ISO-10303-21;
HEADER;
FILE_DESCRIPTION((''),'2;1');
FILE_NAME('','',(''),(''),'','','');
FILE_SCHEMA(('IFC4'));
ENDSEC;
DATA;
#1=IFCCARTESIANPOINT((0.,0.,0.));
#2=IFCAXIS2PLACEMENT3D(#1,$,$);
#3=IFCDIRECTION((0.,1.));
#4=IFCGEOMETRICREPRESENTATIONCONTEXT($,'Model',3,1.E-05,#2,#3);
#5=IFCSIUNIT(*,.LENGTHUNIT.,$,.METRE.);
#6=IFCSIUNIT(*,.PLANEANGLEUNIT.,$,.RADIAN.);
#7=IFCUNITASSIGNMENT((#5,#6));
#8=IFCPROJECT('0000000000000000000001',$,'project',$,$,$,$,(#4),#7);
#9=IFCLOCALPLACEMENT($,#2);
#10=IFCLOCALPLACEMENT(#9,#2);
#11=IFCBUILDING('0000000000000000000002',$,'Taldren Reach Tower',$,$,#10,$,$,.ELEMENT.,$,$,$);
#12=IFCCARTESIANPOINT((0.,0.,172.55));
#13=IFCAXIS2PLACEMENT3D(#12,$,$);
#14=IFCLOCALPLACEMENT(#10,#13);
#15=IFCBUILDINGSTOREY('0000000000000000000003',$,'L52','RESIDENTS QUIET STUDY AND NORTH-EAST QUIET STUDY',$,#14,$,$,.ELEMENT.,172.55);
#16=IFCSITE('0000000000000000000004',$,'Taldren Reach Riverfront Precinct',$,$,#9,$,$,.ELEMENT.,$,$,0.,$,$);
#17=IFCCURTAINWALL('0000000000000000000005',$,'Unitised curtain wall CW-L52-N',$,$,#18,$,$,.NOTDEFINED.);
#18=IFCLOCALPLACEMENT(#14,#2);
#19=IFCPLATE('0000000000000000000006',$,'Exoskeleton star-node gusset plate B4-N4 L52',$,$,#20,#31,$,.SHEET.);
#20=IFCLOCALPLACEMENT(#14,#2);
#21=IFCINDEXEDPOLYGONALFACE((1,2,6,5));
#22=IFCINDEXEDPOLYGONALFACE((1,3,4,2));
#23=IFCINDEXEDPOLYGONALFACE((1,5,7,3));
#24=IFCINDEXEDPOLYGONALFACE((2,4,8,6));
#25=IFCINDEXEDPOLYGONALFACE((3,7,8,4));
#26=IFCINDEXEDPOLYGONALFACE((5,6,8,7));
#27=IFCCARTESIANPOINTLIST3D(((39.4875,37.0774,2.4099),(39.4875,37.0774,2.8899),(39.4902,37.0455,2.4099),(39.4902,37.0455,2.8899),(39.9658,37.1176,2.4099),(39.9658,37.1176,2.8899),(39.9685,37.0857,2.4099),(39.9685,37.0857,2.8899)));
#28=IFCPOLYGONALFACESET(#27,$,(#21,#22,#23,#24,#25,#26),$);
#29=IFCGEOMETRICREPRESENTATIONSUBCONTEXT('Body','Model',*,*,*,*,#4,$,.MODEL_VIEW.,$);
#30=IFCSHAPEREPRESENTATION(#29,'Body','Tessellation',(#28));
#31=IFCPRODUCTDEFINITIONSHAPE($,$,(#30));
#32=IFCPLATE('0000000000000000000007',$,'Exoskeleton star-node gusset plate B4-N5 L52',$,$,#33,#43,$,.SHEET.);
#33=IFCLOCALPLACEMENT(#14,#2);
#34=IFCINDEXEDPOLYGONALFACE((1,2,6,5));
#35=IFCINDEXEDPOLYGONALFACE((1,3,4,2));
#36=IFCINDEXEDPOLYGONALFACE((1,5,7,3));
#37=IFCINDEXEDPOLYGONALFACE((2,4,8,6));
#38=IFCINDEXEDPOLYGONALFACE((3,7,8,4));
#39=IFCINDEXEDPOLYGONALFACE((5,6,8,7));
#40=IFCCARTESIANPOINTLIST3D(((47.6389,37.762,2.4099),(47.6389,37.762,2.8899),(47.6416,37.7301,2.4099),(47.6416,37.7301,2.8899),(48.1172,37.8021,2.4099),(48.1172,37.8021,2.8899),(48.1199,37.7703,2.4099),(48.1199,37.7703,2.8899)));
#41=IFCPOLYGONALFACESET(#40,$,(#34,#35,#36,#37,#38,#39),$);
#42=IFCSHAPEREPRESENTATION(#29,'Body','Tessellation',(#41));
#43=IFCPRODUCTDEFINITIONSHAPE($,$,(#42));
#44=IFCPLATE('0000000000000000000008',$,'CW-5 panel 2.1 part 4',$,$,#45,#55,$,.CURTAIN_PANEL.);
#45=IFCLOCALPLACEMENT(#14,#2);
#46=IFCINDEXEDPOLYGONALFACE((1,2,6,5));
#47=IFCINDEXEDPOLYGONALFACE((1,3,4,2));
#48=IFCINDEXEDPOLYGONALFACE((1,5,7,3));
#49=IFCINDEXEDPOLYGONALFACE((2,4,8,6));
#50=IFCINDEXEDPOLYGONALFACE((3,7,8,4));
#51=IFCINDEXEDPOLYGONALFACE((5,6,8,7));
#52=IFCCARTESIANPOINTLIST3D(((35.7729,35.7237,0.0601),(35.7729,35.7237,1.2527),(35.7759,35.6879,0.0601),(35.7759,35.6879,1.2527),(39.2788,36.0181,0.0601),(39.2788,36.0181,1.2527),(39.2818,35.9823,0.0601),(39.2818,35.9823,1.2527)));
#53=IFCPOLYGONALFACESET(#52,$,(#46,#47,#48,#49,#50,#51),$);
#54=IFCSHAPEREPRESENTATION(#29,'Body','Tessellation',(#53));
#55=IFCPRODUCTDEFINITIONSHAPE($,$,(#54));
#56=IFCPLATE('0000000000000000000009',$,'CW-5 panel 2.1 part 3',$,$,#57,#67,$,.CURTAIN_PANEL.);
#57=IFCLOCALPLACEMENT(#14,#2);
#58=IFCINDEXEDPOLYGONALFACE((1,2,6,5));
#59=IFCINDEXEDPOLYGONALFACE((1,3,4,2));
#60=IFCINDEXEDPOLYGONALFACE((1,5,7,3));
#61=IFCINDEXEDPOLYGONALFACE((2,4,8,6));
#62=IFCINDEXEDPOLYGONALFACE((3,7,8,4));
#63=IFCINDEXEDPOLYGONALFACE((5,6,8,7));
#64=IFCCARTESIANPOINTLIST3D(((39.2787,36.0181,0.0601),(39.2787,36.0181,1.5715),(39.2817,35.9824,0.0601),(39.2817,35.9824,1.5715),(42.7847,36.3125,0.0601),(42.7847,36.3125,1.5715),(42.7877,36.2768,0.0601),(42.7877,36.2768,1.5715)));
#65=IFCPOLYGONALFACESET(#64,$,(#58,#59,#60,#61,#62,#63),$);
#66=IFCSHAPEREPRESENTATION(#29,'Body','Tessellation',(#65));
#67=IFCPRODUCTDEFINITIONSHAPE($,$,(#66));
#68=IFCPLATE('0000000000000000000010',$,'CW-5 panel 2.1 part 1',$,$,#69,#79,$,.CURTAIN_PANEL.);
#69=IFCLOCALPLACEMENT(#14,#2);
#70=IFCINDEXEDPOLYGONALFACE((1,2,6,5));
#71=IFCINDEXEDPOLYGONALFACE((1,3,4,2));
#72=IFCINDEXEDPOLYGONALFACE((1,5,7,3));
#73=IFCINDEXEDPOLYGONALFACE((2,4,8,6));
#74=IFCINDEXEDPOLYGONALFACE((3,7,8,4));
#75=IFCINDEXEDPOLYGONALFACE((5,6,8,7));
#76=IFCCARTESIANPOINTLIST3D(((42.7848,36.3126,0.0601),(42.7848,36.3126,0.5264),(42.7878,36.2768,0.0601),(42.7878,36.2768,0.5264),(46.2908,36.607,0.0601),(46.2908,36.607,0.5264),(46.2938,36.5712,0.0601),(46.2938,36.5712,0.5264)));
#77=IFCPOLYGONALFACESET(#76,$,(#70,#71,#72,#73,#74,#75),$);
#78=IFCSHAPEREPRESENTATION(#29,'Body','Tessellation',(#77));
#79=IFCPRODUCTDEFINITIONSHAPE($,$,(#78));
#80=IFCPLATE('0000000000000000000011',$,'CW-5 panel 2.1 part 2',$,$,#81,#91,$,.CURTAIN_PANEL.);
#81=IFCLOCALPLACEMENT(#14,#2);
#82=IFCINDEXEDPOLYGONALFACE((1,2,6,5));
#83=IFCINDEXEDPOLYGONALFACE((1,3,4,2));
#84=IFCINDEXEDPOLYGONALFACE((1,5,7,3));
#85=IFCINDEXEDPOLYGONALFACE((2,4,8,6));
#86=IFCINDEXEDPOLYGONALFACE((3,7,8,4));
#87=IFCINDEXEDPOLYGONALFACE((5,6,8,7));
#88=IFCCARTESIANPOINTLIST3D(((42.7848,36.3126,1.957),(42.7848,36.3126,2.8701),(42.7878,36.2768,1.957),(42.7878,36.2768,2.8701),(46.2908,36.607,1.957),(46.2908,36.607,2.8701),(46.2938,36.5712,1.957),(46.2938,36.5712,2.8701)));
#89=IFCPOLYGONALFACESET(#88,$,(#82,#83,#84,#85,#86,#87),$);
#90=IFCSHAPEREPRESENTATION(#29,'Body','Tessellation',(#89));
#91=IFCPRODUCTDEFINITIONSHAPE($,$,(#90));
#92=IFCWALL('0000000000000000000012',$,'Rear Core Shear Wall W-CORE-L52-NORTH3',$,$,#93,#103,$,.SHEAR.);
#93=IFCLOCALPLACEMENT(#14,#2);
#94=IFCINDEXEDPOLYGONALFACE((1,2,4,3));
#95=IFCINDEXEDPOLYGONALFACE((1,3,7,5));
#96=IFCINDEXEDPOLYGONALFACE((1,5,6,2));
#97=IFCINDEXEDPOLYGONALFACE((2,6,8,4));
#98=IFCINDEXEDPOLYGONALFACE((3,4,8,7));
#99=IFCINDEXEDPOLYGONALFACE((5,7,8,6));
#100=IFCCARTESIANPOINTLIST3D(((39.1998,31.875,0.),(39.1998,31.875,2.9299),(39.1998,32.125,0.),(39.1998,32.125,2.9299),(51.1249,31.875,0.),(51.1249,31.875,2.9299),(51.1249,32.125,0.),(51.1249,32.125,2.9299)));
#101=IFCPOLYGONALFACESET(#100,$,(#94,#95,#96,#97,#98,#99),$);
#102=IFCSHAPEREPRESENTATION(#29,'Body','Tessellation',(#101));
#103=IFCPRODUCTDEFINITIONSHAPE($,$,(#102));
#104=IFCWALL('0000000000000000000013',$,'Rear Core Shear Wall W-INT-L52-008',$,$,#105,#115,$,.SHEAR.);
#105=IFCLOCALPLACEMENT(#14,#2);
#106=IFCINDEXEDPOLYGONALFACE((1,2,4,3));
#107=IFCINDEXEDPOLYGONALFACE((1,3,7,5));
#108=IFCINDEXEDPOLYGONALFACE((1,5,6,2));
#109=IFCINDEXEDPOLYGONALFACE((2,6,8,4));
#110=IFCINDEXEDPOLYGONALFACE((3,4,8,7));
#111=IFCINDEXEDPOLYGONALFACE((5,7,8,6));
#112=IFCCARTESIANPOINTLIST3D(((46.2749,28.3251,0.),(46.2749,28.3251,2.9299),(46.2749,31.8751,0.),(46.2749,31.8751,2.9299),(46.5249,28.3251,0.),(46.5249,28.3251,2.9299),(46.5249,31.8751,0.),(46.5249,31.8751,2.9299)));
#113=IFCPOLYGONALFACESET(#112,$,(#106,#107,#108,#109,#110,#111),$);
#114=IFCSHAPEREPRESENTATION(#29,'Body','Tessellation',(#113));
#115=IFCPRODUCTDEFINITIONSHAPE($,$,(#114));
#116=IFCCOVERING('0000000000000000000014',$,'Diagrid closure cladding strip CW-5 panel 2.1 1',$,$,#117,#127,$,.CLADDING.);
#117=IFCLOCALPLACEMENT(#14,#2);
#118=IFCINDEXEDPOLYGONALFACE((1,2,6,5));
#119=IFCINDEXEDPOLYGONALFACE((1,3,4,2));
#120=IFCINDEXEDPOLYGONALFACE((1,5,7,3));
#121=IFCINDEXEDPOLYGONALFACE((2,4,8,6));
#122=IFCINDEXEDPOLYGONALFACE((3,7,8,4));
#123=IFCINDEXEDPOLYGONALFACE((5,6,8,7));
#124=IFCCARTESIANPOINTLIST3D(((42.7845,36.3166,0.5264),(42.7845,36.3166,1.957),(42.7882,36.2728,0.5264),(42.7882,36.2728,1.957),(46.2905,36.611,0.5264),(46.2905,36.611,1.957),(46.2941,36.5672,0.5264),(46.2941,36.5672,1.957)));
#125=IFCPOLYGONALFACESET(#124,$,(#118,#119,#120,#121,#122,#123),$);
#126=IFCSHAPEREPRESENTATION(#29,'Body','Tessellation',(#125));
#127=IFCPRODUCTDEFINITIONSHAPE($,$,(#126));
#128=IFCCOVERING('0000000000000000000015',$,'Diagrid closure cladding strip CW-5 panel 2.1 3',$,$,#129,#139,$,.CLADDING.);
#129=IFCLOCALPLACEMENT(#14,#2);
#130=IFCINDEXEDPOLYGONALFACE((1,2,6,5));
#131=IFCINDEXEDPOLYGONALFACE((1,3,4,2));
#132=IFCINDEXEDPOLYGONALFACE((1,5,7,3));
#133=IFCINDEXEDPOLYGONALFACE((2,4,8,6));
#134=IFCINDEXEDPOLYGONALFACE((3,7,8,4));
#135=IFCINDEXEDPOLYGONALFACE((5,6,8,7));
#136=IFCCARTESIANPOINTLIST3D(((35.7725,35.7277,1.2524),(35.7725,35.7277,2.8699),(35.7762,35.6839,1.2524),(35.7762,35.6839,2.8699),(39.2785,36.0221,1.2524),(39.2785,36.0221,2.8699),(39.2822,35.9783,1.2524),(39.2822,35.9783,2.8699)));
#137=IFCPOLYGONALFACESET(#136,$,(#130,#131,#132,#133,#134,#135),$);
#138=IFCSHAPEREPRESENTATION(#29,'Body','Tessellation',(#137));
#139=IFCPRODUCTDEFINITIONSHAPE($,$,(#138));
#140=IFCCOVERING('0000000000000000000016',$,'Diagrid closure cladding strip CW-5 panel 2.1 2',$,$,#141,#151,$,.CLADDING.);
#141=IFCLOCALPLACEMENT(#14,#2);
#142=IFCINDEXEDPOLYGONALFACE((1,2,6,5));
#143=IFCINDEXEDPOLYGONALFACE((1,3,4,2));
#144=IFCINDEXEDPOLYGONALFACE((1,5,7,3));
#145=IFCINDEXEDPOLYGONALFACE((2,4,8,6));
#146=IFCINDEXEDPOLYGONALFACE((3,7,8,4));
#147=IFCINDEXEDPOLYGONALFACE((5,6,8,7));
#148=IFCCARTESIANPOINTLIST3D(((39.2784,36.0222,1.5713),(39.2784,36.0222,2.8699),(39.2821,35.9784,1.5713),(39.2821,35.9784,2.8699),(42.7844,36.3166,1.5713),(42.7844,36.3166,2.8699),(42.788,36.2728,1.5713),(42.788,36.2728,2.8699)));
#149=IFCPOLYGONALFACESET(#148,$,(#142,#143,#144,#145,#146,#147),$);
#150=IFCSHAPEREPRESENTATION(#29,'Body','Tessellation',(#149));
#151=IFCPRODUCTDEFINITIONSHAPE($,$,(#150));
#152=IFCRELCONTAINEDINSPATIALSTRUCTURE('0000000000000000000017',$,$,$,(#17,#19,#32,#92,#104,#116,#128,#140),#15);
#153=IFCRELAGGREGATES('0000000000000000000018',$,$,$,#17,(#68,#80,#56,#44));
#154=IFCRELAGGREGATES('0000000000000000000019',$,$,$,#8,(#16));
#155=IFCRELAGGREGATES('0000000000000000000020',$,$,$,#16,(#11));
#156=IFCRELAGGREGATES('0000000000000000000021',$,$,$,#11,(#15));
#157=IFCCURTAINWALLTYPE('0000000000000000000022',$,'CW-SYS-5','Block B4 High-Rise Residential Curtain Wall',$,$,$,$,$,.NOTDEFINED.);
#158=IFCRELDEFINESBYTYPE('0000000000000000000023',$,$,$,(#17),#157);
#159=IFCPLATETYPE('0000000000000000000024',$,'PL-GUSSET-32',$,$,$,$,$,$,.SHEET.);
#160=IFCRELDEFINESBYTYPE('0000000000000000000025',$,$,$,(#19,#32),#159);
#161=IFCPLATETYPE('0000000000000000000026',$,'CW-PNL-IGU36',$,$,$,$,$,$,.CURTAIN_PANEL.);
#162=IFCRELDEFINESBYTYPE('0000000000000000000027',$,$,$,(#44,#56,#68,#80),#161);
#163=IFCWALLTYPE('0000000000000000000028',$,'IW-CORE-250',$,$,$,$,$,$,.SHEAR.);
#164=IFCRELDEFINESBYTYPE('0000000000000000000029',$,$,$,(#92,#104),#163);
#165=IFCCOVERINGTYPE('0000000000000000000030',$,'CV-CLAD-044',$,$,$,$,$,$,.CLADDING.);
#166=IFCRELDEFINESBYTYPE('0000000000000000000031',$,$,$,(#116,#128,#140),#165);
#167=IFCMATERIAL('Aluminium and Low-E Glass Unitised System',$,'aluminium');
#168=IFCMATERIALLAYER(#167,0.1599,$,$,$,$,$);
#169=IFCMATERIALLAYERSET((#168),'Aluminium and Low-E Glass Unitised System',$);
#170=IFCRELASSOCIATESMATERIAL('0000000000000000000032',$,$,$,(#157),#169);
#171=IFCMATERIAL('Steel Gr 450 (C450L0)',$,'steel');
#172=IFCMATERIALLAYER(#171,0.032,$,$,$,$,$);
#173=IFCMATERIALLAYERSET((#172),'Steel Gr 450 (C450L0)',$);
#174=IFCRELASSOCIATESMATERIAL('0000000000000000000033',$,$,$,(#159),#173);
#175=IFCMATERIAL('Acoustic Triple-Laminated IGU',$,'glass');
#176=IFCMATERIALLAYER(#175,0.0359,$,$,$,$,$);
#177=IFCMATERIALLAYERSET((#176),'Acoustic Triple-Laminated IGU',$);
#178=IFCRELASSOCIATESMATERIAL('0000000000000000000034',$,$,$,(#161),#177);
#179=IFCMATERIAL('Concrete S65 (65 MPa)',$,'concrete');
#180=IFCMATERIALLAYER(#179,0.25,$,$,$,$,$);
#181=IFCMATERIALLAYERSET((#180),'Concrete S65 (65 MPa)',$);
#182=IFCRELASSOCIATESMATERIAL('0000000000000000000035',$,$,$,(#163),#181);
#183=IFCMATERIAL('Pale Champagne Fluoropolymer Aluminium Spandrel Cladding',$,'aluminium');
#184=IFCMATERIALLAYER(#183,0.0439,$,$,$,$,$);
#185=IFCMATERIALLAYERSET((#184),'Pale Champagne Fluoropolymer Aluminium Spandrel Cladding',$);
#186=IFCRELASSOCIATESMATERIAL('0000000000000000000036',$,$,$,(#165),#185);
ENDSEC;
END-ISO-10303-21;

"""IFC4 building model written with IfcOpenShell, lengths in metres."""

from ifc_helpers import new_model, si_unit, direction, frame, frame_2d, origin, origin_2d, place, context, subcontext, project, spatial, rectangle, extrude, source, transform, mapped, material, layer, layer_set, type_object, element, aggregate, save


model = new_model("IFC4")

# Units and contexts
model_context = context("Model", 3, precision=1e-05, world=origin(), true_north=direction((0.0, 1.0)))
body_context = subcontext(model_context, "Body", "Model", "MODEL_VIEW")
ifc_project = project(units=[si_unit("LENGTHUNIT", "METRE"), si_unit("PLANEANGLEUNIT", "RADIAN")], contexts=[model_context])

# Site, building, storey
site_placement = place(None, origin())
site = spatial("IfcSite", under=ifc_project, at=site_placement, Name="Taldren Reach Riverfront Precinct", CompositionType="ELEMENT", RefElevation=0.0)
building_placement = place(site_placement, origin())
building = spatial("IfcBuilding", under=site, at=building_placement, Name="Taldren Reach Tower", CompositionType="ELEMENT")
storey_placement = place(building_placement, frame((0.0, 0.0, 172.55)))
storey = spatial("IfcBuildingStorey", under=building, at=storey_placement, Name="L52", Description="RESIDENTS QUIET STUDY AND NORTH-EAST QUIET STUDY", CompositionType="ELEMENT", Elevation=172.55)

# Shared definitions
ifc_material_1 = material(Name="Steel Gr 450 (C450L0)", Category="steel")

# Curtain wall
ifc_material_2 = material(Name="Aluminium and Low-E Glass Unitised System", Category="aluminium")
ifc_layer_1 = layer(ifc_material_2, 0.1599)
ifc_layer_set_1 = layer_set([ifc_layer_1], Name="Aluminium and Low-E Glass Unitised System")
curtain_wall_type = type_object("IfcCurtainWallType", Name="CW-SYS-5", Description="Block B4 High-Rise Residential Curtain Wall", PredefinedType="NOTDEFINED", material=ifc_layer_set_1)
curtain_wall_placement = place(storey_placement, origin())
curtain_wall = element("IfcCurtainWall", 1, at=curtain_wall_placement, inside=storey, type_object=curtain_wall_type, Name="Unitised curtain wall CW-L52-N", PredefinedType="NOTDEFINED")

# Plates
ifc_layer_2 = layer(ifc_material_1, 0.032)
ifc_layer_set_2 = layer_set([ifc_layer_2], Name="Steel Gr 450 (C450L0)")
plate_type_1 = type_object("IfcPlateType", Name="PL-GUSSET-32", PredefinedType="SHEET", material=ifc_layer_set_2)
shared_shape_1 = source(origin(), body_context, "Body", "SweptSolid", [
    extrude(rectangle(XDim=0.48, YDim=0.032, at=origin_2d()), origin(), (0.0, 0.0, 1.0), 0.48),
])
for number, where, z_axis, x_axis, name in (
    (2, (39.728, 37.0815, 2.4099), (0.0, 0.0, 1.0), (0.996493, 0.083678, 0.0), "Exoskeleton star-node gusset plate B4-N4 L52"),
    (3, (47.8794, 37.7661, 2.4099), (0.0, 0.0, 1.0), (0.996493, 0.083678, 0.0), "Exoskeleton star-node gusset plate B4-N5 L52"),
):
    element("IfcPlate", number, at=place(storey_placement, frame(where, z_axis=z_axis, x_axis=x_axis)), inside=storey, type_object=plate_type_1, Name=name, PredefinedType="SHEET", context=body_context, shape_type="MappedRepresentation", body=[
        mapped(shared_shape_1, transform((0.0, 0.0, 0.0), scale=1.0)),
    ])

# Plates
ifc_material_3 = material(Name="Acoustic Triple-Laminated IGU", Category="glass")
ifc_layer_3 = layer(ifc_material_3, 0.0359)
ifc_layer_set_3 = layer_set([ifc_layer_3], Name="Acoustic Triple-Laminated IGU")
plate_type_2 = type_object("IfcPlateType", Name="CW-PNL-IGU36", PredefinedType="CURTAIN_PANEL", material=ifc_layer_set_3)
shared_shape_2 = source(origin(), body_context, "Body", "SweptSolid", [
    extrude(rectangle(XDim=3.5183, YDim=0.0359, at=origin_2d()), origin(), (0.0, 0.0, 1.0), 1.1926),
])
plate_1_placement = place(storey_placement, frame((37.5273, 35.853, 0.0601), z_axis=(0.0, 0.0, 1.0), x_axis=(-0.996493, -0.083678, 0.0)))
plate_1 = element("IfcPlate", 4, at=plate_1_placement, type_object=plate_type_2, Name="CW-5 panel 2.1 part 4", PredefinedType="CURTAIN_PANEL", context=body_context, shape_type="MappedRepresentation", body=[
    mapped(shared_shape_2, transform((0.0, 0.0, 0.0), scale=1.0)),
])
shared_shape_3 = source(origin(), body_context, "Body", "SweptSolid", [
    extrude(rectangle(XDim=3.5183, YDim=0.0359, at=origin_2d()), origin(), (0.0, 0.0, 1.0), 1.5115),
])
plate_2_placement = place(storey_placement, frame((41.0332, 36.1475, 0.0601), z_axis=(0.0, 0.0, 1.0), x_axis=(-0.996493, -0.083678, 0.0)))
plate_2 = element("IfcPlate", 5, at=plate_2_placement, type_object=plate_type_2, Name="CW-5 panel 2.1 part 3", PredefinedType="CURTAIN_PANEL", context=body_context, shape_type="MappedRepresentation", body=[
    mapped(shared_shape_3, transform((0.0, 0.0, 0.0), scale=1.0)),
])
shared_shape_4 = source(origin(), body_context, "Body", "SweptSolid", [
    extrude(rectangle(XDim=3.5183, YDim=0.0359, at=origin_2d()), origin(), (0.0, 0.0, 1.0), 0.4663),
])
plate_3_placement = place(storey_placement, frame((44.5393, 36.4419, 0.0601), z_axis=(0.0, 0.0, 1.0), x_axis=(-0.996493, -0.083678, 0.0)))
plate_3 = element("IfcPlate", 6, at=plate_3_placement, type_object=plate_type_2, Name="CW-5 panel 2.1 part 1", PredefinedType="CURTAIN_PANEL", context=body_context, shape_type="MappedRepresentation", body=[
    mapped(shared_shape_4, transform((0.0, 0.0, 0.0), scale=1.0)),
])
shared_shape_5 = source(origin(), body_context, "Body", "SweptSolid", [
    extrude(rectangle(XDim=3.5183, YDim=0.0359, at=origin_2d()), origin(), (0.0, 0.0, 1.0), 0.9131),
])
plate_4_placement = place(storey_placement, frame((44.5393, 36.4419, 1.957), z_axis=(0.0, 0.0, 1.0), x_axis=(-0.996493, -0.083678, 0.0)))
plate_4 = element("IfcPlate", 7, at=plate_4_placement, type_object=plate_type_2, Name="CW-5 panel 2.1 part 2", PredefinedType="CURTAIN_PANEL", context=body_context, shape_type="MappedRepresentation", body=[
    mapped(shared_shape_5, transform((0.0, 0.0, 0.0), scale=1.0)),
])
aggregate(curtain_wall, [plate_3, plate_4, plate_2, plate_1])

# Walls
ifc_material_4 = material(Name="Concrete S65 (65 MPa)", Category="concrete")
ifc_layer_4 = layer(ifc_material_4, 0.25)
ifc_layer_set_4 = layer_set([ifc_layer_4], Name="Concrete S65 (65 MPa)")
wall_type = type_object("IfcWallType", Name="IW-CORE-250", PredefinedType="SHEAR", material=ifc_layer_set_4)
shared_shape_6 = source(origin(), body_context, "Body", "SweptSolid", [
    extrude(rectangle(XDim=11.925, YDim=0.25, at=frame_2d((5.9624, 0.0))), origin(), (0.0, 0.0, 1.0), 2.9299),
])
wall_1_placement = place(storey_placement, frame((39.2, 32.0, 0.0), z_axis=(0.0, 0.0, 1.0), x_axis=(1.0, 0.0, 0.0)))
element("IfcWall", 8, at=wall_1_placement, inside=storey, type_object=wall_type, Name="Rear Core Shear Wall W-CORE-L52-NORTH3", PredefinedType="SHEAR", context=body_context, shape_type="MappedRepresentation", body=[
    mapped(shared_shape_6, transform((0.0, 0.0, 0.0), scale=1.0)),
])
shared_shape_7 = source(origin(), body_context, "Body", "SweptSolid", [
    extrude(rectangle(XDim=3.55, YDim=0.25, at=frame_2d((1.7749, 0.0))), origin(), (0.0, 0.0, 1.0), 2.9299),
])
wall_2_placement = place(storey_placement, frame((46.3999, 31.875, 0.0), z_axis=(0.0, 0.0, 1.0), x_axis=(0.0, -1.0, 0.0)))
element("IfcWall", 9, at=wall_2_placement, inside=storey, type_object=wall_type, Name="Rear Core Shear Wall W-INT-L52-008", PredefinedType="SHEAR", context=body_context, shape_type="MappedRepresentation", body=[
    mapped(shared_shape_7, transform((0.0, 0.0, 0.0), scale=1.0)),
])

# Coverings
ifc_material_5 = material(Name="Pale Champagne Fluoropolymer Aluminium Spandrel Cladding", Category="aluminium")
ifc_layer_5 = layer(ifc_material_5, 0.0439)
ifc_layer_set_5 = layer_set([ifc_layer_5], Name="Pale Champagne Fluoropolymer Aluminium Spandrel Cladding")
covering_type = type_object("IfcCoveringType", Name="CV-CLAD-044", PredefinedType="CLADDING", material=ifc_layer_set_5)
shared_shape_8 = source(origin(), body_context, "Body", "SweptSolid", [
    extrude(rectangle(XDim=3.5183, YDim=0.0439, at=origin_2d()), origin(), (0.0, 0.0, 1.0), 1.4307),
])
covering_1_placement = place(storey_placement, frame((44.5393, 36.4419, 0.5264), z_axis=(0.0, 0.0, 1.0), x_axis=(-0.996493, -0.083678, 0.0)))
element("IfcCovering", 10, at=covering_1_placement, inside=storey, type_object=covering_type, Name="Diagrid closure cladding strip CW-5 panel 2.1 1", PredefinedType="CLADDING", context=body_context, shape_type="MappedRepresentation", body=[
    mapped(shared_shape_8, transform((0.0, 0.0, 0.0), scale=1.0)),
])
shared_shape_9 = source(origin(), body_context, "Body", "SweptSolid", [
    extrude(rectangle(XDim=3.5183, YDim=0.0439, at=origin_2d()), origin(), (0.0, 0.0, 1.0), 1.6174),
])
covering_2_placement = place(storey_placement, frame((37.5273, 35.853, 1.2524), z_axis=(0.0, 0.0, 1.0), x_axis=(-0.996493, -0.083678, 0.0)))
element("IfcCovering", 11, at=covering_2_placement, inside=storey, type_object=covering_type, Name="Diagrid closure cladding strip CW-5 panel 2.1 3", PredefinedType="CLADDING", context=body_context, shape_type="MappedRepresentation", body=[
    mapped(shared_shape_9, transform((0.0, 0.0, 0.0), scale=1.0)),
])
shared_shape_10 = source(origin(), body_context, "Body", "SweptSolid", [
    extrude(rectangle(XDim=3.5183, YDim=0.0439, at=origin_2d()), origin(), (0.0, 0.0, 1.0), 1.2986),
])
covering_3_placement = place(storey_placement, frame((41.0332, 36.1475, 1.5713), z_axis=(0.0, 0.0, 1.0), x_axis=(-0.996493, -0.083678, 0.0)))
element("IfcCovering", 12, at=covering_3_placement, inside=storey, type_object=covering_type, Name="Diagrid closure cladding strip CW-5 panel 2.1 2", PredefinedType="CLADDING", context=body_context, shape_type="MappedRepresentation", body=[
    mapped(shared_shape_10, transform((0.0, 0.0, 0.0), scale=1.0)),
])

save(model, "model.ifc")
